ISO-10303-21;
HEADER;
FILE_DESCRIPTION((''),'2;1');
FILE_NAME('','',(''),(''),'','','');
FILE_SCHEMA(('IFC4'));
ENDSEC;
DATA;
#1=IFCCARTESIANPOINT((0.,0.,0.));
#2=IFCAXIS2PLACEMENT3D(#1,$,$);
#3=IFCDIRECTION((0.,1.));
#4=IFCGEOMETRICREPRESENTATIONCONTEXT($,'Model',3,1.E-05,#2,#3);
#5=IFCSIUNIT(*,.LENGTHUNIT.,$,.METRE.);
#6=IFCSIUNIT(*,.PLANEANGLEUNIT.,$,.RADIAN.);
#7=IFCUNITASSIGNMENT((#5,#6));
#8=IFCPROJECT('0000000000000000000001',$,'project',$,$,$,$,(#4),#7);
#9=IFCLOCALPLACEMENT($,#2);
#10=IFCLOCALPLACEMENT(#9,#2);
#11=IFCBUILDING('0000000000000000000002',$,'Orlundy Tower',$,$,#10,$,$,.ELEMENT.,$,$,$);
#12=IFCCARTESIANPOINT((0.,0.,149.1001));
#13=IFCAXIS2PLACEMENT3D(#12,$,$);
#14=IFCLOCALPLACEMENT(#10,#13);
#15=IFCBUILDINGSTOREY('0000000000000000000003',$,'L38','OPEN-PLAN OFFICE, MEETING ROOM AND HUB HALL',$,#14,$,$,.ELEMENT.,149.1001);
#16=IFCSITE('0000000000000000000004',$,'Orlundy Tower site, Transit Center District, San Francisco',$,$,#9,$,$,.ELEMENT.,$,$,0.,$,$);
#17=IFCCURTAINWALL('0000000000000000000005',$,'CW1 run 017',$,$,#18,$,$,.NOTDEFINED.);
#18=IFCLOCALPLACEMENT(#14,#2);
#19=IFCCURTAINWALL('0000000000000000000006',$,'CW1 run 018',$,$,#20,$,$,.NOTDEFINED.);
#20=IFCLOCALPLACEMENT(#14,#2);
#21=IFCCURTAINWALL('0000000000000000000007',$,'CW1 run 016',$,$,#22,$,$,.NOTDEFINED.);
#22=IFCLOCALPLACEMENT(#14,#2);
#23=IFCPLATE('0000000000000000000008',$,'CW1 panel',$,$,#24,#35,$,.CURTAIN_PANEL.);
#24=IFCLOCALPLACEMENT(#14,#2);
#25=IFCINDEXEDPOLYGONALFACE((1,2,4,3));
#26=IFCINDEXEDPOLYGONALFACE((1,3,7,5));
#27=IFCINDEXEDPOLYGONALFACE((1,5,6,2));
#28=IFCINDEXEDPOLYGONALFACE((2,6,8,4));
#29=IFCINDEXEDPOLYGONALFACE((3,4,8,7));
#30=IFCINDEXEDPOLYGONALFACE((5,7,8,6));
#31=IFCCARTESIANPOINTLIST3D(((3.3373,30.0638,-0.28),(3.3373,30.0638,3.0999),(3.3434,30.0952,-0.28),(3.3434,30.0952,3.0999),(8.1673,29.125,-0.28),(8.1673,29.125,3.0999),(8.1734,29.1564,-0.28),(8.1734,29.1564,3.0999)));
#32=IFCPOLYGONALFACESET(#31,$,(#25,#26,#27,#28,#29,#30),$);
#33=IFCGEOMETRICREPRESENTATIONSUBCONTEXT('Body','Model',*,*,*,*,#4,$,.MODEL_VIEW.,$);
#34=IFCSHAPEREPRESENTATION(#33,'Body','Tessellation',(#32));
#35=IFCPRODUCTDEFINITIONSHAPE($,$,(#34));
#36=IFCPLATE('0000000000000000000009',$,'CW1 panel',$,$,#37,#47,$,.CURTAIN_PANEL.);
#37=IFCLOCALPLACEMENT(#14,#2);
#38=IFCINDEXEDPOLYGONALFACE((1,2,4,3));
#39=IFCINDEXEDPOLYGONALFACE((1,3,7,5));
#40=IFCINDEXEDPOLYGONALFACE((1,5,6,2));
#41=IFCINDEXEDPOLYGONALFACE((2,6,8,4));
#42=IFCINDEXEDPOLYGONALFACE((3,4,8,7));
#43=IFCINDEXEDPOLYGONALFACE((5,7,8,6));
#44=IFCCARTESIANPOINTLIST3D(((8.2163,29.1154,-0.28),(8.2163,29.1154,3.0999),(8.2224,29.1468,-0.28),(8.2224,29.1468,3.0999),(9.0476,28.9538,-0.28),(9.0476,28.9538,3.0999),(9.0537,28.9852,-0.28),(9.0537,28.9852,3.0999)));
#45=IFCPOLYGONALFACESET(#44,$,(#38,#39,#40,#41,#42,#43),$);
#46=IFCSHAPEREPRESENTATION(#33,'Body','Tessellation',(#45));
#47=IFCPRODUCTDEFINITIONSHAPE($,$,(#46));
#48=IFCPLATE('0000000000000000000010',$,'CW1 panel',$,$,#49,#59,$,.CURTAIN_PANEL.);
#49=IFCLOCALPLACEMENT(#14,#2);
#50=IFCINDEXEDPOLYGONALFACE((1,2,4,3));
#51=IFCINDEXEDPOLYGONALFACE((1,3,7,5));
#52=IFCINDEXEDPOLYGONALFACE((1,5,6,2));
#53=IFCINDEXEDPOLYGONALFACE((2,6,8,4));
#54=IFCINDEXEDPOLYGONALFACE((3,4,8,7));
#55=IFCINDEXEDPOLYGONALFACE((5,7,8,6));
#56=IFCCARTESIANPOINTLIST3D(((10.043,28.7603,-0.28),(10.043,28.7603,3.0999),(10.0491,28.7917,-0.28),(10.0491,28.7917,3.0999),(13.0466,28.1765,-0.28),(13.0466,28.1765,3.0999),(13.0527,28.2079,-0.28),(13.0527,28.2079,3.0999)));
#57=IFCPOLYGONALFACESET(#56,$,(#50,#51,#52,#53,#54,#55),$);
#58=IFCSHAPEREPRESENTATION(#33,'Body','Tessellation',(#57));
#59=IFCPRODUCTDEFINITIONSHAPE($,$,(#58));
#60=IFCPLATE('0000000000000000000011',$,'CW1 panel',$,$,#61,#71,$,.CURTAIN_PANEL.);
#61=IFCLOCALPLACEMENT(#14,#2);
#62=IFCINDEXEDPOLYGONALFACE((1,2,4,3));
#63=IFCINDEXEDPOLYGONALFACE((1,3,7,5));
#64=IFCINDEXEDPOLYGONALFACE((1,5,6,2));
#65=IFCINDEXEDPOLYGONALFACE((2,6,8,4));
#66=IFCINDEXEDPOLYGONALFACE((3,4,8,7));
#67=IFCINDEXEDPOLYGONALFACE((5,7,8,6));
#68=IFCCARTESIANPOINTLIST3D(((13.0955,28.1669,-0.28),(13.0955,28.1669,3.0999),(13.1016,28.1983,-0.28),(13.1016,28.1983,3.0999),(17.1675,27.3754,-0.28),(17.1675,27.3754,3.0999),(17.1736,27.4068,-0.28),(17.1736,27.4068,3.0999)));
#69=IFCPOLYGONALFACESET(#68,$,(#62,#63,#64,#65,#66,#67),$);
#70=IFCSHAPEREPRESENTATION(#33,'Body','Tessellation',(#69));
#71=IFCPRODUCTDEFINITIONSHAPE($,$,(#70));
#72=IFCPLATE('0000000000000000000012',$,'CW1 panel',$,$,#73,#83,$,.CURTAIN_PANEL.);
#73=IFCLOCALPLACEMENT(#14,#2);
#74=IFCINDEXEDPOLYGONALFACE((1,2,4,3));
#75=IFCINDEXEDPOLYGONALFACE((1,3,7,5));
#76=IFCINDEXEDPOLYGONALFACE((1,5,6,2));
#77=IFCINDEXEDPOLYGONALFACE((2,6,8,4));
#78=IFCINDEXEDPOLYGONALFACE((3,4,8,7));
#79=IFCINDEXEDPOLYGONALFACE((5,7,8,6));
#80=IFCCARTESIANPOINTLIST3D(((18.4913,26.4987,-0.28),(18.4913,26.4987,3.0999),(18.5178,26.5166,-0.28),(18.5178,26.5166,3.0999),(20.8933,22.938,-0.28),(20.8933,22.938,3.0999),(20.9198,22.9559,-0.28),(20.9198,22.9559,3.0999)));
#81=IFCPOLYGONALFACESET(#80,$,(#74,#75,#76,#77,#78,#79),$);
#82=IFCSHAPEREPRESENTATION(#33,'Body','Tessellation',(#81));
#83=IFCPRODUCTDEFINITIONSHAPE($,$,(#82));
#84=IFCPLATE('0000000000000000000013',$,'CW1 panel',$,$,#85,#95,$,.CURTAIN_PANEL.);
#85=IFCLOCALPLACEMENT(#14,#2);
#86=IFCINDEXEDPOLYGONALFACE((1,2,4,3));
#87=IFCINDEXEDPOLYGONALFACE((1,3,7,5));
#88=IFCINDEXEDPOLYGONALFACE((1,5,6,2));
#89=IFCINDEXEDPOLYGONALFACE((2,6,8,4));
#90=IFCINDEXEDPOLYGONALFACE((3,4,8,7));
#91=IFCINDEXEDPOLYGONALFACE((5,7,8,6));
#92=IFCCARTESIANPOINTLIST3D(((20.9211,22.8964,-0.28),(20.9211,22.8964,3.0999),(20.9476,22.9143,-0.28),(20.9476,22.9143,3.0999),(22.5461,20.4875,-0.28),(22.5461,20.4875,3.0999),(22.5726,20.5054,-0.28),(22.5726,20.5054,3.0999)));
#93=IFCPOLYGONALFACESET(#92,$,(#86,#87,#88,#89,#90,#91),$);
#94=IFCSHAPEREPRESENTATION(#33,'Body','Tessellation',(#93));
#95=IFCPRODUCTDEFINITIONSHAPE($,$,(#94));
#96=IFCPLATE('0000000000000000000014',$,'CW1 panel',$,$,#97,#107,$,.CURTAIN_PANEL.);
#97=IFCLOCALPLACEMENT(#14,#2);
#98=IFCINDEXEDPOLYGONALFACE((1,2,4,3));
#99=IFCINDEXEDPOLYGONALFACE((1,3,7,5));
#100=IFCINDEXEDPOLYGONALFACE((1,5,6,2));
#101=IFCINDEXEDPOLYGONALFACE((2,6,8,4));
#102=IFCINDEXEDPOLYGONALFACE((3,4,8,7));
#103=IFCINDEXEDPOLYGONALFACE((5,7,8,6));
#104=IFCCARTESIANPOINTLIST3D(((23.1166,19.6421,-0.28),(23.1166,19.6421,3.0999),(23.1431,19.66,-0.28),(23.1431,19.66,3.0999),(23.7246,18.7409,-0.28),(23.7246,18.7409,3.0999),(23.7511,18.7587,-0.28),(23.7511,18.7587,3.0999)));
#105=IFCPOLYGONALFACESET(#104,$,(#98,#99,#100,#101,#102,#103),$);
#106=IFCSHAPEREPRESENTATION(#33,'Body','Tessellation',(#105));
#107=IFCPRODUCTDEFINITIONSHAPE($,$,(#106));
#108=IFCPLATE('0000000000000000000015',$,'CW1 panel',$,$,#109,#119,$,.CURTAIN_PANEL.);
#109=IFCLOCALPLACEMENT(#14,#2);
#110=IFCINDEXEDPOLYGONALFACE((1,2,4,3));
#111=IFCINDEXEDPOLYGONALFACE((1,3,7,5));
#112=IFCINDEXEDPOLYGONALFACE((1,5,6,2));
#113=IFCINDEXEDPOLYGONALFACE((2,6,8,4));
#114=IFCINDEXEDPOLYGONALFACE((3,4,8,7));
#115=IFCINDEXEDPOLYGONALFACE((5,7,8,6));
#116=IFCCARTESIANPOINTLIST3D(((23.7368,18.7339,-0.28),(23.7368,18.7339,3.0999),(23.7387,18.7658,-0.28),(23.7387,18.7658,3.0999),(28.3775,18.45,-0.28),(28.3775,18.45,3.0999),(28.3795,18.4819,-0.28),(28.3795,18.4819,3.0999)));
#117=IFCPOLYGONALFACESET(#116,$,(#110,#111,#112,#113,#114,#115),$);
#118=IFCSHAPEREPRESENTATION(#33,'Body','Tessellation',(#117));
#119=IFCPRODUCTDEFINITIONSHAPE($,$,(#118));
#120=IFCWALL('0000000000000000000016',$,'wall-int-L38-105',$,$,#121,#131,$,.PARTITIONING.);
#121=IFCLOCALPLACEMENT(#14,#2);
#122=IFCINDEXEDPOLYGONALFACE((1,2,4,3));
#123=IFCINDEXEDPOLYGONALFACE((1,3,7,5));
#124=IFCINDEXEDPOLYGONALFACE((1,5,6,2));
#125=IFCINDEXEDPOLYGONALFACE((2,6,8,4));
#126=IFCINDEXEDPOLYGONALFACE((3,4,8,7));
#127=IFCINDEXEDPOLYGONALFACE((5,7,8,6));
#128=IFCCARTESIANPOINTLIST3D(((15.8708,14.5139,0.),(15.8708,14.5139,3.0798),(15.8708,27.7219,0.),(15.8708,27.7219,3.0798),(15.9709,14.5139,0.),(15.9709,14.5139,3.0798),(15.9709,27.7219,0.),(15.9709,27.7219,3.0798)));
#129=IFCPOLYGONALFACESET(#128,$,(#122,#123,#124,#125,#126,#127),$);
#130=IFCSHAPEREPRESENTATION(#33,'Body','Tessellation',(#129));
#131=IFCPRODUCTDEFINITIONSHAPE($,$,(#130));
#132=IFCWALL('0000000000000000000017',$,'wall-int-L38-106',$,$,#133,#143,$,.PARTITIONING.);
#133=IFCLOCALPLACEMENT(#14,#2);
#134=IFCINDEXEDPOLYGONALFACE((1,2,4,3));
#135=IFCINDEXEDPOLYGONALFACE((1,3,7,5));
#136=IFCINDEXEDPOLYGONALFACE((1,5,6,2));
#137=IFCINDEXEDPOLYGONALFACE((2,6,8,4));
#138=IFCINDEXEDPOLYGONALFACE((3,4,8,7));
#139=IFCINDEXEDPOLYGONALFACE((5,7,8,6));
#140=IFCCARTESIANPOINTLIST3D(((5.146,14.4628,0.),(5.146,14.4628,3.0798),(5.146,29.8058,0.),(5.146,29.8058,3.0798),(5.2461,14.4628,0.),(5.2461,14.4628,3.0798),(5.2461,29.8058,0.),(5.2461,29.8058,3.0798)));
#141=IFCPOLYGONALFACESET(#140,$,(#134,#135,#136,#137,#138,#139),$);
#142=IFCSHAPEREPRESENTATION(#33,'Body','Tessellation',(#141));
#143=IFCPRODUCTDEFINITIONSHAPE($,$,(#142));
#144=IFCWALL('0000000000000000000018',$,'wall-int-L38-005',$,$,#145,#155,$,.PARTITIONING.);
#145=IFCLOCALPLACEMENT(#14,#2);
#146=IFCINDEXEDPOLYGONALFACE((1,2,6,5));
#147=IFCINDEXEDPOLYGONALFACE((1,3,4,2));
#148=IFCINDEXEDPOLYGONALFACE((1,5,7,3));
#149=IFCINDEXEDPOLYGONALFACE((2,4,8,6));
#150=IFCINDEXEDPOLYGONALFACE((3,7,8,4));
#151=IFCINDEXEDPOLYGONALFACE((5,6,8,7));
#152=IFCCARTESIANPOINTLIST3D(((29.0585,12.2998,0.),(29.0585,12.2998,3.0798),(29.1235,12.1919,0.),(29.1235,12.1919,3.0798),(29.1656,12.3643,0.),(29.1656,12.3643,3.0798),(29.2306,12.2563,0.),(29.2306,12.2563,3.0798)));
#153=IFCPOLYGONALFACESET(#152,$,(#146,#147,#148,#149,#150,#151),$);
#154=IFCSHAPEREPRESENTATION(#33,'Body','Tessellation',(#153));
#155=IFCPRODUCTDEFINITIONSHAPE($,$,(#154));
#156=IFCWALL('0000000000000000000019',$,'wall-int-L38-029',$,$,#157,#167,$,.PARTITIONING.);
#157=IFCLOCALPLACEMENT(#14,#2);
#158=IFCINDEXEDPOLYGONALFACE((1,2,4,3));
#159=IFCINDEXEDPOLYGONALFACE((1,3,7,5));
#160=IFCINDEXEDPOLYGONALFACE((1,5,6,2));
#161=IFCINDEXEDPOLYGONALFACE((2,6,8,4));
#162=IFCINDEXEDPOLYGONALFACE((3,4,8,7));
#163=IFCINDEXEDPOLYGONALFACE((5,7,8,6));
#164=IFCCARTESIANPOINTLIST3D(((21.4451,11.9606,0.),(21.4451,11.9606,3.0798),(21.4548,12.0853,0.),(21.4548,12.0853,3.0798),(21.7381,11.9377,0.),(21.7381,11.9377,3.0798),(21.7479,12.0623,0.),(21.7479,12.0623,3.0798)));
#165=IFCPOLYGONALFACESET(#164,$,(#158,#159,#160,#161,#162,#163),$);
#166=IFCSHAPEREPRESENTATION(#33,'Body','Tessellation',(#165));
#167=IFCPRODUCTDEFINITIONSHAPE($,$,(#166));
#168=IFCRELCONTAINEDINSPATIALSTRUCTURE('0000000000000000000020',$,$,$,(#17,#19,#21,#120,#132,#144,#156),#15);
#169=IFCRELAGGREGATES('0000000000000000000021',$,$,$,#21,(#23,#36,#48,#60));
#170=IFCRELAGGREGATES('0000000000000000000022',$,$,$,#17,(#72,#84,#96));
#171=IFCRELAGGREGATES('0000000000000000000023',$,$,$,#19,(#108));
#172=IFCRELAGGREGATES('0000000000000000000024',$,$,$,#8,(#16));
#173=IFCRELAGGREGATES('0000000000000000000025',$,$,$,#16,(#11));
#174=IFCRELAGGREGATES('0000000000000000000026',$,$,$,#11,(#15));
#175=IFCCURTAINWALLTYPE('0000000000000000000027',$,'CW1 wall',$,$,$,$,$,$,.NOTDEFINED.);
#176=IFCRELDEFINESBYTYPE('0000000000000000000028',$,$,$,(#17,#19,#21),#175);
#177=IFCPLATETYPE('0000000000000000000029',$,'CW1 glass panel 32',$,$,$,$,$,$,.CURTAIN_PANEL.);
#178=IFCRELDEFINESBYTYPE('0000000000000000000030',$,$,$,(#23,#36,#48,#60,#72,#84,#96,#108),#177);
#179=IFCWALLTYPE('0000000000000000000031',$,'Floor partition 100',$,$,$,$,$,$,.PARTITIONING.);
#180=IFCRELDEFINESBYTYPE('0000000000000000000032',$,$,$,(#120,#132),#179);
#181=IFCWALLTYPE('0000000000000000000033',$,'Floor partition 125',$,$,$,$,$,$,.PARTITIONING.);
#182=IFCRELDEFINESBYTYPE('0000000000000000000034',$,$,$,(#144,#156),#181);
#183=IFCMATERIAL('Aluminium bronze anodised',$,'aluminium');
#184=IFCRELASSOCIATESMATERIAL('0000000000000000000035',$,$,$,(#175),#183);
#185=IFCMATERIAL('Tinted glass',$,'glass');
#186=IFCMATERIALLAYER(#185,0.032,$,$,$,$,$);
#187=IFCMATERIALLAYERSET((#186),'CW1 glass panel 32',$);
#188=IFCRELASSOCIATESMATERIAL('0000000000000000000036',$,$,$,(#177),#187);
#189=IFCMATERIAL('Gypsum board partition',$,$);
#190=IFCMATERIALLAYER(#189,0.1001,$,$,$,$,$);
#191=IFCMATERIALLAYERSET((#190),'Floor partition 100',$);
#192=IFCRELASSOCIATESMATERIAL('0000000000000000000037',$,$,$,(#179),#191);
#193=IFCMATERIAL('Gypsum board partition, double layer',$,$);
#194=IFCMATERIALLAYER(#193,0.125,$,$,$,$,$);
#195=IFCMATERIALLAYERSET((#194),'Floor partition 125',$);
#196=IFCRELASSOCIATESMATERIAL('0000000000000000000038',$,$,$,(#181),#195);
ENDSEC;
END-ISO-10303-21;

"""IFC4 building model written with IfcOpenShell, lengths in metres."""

from ifc_helpers import new_model, si_unit, direction, frame, frame_2d, origin, origin_2d, place, context, subcontext, project, spatial, rectangle, extrude, material, layer, layer_set, type_object, element, aggregate, save


model = new_model("IFC4")

# Units and contexts
model_context = context("Model", 3, precision=1e-05, world=origin(), true_north=direction((0.0, 1.0)))
body_context = subcontext(model_context, "Body", "Model", "MODEL_VIEW")
ifc_project = project(units=[si_unit("LENGTHUNIT", "METRE"), si_unit("PLANEANGLEUNIT", "RADIAN")], contexts=[model_context])

# Site, building, storey
site_placement = place(None, origin())
site = spatial("IfcSite", under=ifc_project, at=site_placement, Name="Orlundy Tower site, Transit Center District, San Francisco", CompositionType="ELEMENT", RefElevation=0.0)
building_placement = place(site_placement, origin())
building = spatial("IfcBuilding", under=site, at=building_placement, Name="Orlundy Tower", CompositionType="ELEMENT")
storey_placement = place(building_placement, frame((0.0, 0.0, 149.1001)))
storey = spatial("IfcBuildingStorey", under=building, at=storey_placement, Name="L38", Description="OPEN-PLAN OFFICE, MEETING ROOM AND HUB HALL", CompositionType="ELEMENT", Elevation=149.1001)

# Curtain walls
ifc_material_1 = material(Name="Aluminium bronze anodised", Category="aluminium")
curtain_wall_type = type_object("IfcCurtainWallType", Name="CW1 wall", PredefinedType="NOTDEFINED", material=ifc_material_1)
curtain_wall_1_placement = place(storey_placement, origin())
curtain_wall_1 = element("IfcCurtainWall", 1, at=curtain_wall_1_placement, inside=storey, type_object=curtain_wall_type, Name="CW1 run 017", PredefinedType="NOTDEFINED")
curtain_wall_2_placement = place(storey_placement, origin())
curtain_wall_2 = element("IfcCurtainWall", 2, at=curtain_wall_2_placement, inside=storey, type_object=curtain_wall_type, Name="CW1 run 018", PredefinedType="NOTDEFINED")

# Curtain wall
curtain_wall_3_placement = place(storey_placement, origin())
curtain_wall_3 = element("IfcCurtainWall", 3, at=curtain_wall_3_placement, inside=storey, type_object=curtain_wall_type, Name="CW1 run 016", PredefinedType="NOTDEFINED")

# Plates
ifc_material_2 = material(Name="Tinted glass", Category="glass")
ifc_layer_1 = layer(ifc_material_2, 0.032)
ifc_layer_set_1 = layer_set([ifc_layer_1], Name="CW1 glass panel 32")
plate_type = type_object("IfcPlateType", Name="CW1 glass panel 32", PredefinedType="CURTAIN_PANEL", material=ifc_layer_set_1)
plate_1_placement = place(storey_placement, frame((5.7554, 29.6101, -0.28), z_axis=(0.0, 0.0, 1.0), x_axis=(0.981628, -0.190805, 0.0)))
plate_1 = element("IfcPlate", 4, at=plate_1_placement, type_object=plate_type, Name="CW1 panel", PredefinedType="CURTAIN_PANEL", context=body_context, shape_type="SweptSolid", body=[
    extrude(rectangle(XDim=4.9204, YDim=0.032, at=origin_2d()), origin(), (0.0, 0.0, 1.0), 3.3799),
])
plate_2_placement = place(storey_placement, frame((8.635, 29.0503, -0.28), z_axis=(0.0, 0.0, 1.0), x_axis=(0.981628, -0.190805, 0.0)))
plate_2 = element("IfcPlate", 5, at=plate_2_placement, type_object=plate_type, Name="CW1 panel", PredefinedType="CURTAIN_PANEL", context=body_context, shape_type="SweptSolid", body=[
    extrude(rectangle(XDim=0.8469, YDim=0.032, at=origin_2d()), origin(), (0.0, 0.0, 1.0), 3.3799),
])
plate_3_placement = place(storey_placement, frame((11.5479, 28.4841, -0.28), z_axis=(0.0, 0.0, 1.0), x_axis=(0.981628, -0.190805, 0.0)))
plate_3 = element("IfcPlate", 6, at=plate_3_placement, type_object=plate_type, Name="CW1 panel", PredefinedType="CURTAIN_PANEL", context=body_context, shape_type="SweptSolid", body=[
    extrude(rectangle(XDim=3.0598, YDim=0.032, at=origin_2d()), origin(), (0.0, 0.0, 1.0), 3.3799),
])
plate_4_placement = place(storey_placement, frame((15.1345, 27.7869, -0.28), z_axis=(0.0, 0.0, 1.0), x_axis=(0.981628, -0.190805, 0.0)))
plate_4 = element("IfcPlate", 7, at=plate_4_placement, type_object=plate_type, Name="CW1 panel", PredefinedType="CURTAIN_PANEL", context=body_context, shape_type="SweptSolid", body=[
    extrude(rectangle(XDim=4.1482, YDim=0.032, at=origin_2d()), origin(), (0.0, 0.0, 1.0), 3.3799),
])
aggregate(curtain_wall_3, [plate_1, plate_2, plate_3, plate_4])
plate_5_placement = place(storey_placement, frame((19.7056, 24.7273, -0.28), z_axis=(0.0, 0.0, 1.0), x_axis=(0.559223, -0.829017, 0.0)))
plate_5 = element("IfcPlate", 8, at=plate_5_placement, type_object=plate_type, Name="CW1 panel", PredefinedType="CURTAIN_PANEL", context=body_context, shape_type="SweptSolid", body=[
    extrude(rectangle(XDim=4.2952, YDim=0.032, at=origin_2d()), origin(), (0.0, 0.0, 1.0), 3.3799),
])
plate_6_placement = place(storey_placement, frame((21.7468, 21.7009, -0.28), z_axis=(0.0, 0.0, 1.0), x_axis=(0.559223, -0.829017, 0.0)))
plate_6 = element("IfcPlate", 9, at=plate_6_placement, type_object=plate_type, Name="CW1 panel", PredefinedType="CURTAIN_PANEL", context=body_context, shape_type="SweptSolid", body=[
    extrude(rectangle(XDim=2.9058, YDim=0.032, at=origin_2d()), origin(), (0.0, 0.0, 1.0), 3.3799),
])
plate_7_placement = place(storey_placement, frame((23.4338, 19.2004, -0.28), z_axis=(0.0, 0.0, 1.0), x_axis=(0.559223, -0.829017, 0.0)))
plate_7 = element("IfcPlate", 10, at=plate_7_placement, type_object=plate_type, Name="CW1 panel", PredefinedType="CURTAIN_PANEL", context=body_context, shape_type="SweptSolid", body=[
    extrude(rectangle(XDim=1.0872, YDim=0.032, at=origin_2d()), origin(), (0.0, 0.0, 1.0), 3.3799),
])
aggregate(curtain_wall_1, [plate_5, plate_6, plate_7])
plate_8_placement = place(storey_placement, frame((26.0581, 18.6079, -0.28), z_axis=(0.0, 0.0, 1.0), x_axis=(0.998134, -0.061054, 0.0)))
plate_8 = element("IfcPlate", 11, at=plate_8_placement, type_object=plate_type, Name="CW1 panel", PredefinedType="CURTAIN_PANEL", context=body_context, shape_type="SweptSolid", body=[
    extrude(rectangle(XDim=4.6494, YDim=0.032, at=origin_2d()), origin(), (0.0, 0.0, 1.0), 3.3799),
])
aggregate(curtain_wall_2, [plate_8])

# Walls
ifc_material_3 = material(Name="Gypsum board partition")
ifc_layer_2 = layer(ifc_material_3, 0.1001)
ifc_layer_set_2 = layer_set([ifc_layer_2], Name="Floor partition 100")
wall_type_1 = type_object("IfcWallType", Name="Floor partition 100", PredefinedType="PARTITIONING", material=ifc_layer_set_2)
wall_1_placement = place(storey_placement, frame((15.9209, 14.5139, 0.0), z_axis=(0.0, 0.0, 1.0), x_axis=(0.0, 1.0, 0.0)))
element("IfcWall", 12, at=wall_1_placement, inside=storey, type_object=wall_type_1, Name="wall-int-L38-105", PredefinedType="PARTITIONING", context=body_context, shape_type="SweptSolid", body=[
    extrude(rectangle(XDim=13.208, YDim=0.1001, at=frame_2d((6.604, 0.0))), origin(), (0.0, 0.0, 1.0), 3.0798),
])
wall_2_placement = place(storey_placement, frame((5.196, 14.4629, 0.0), z_axis=(0.0, 0.0, 1.0), x_axis=(0.0, 1.0, 0.0)))
element("IfcWall", 13, at=wall_2_placement, inside=storey, type_object=wall_type_1, Name="wall-int-L38-106", PredefinedType="PARTITIONING", context=body_context, shape_type="SweptSolid", body=[
    extrude(rectangle(XDim=15.343, YDim=0.1001, at=frame_2d((7.6714, 0.0))), origin(), (0.0, 0.0, 1.0), 3.0798),
])
ifc_material_4 = material(Name="Gypsum board partition, double layer")
ifc_layer_3 = layer(ifc_material_4, 0.125)
ifc_layer_set_3 = layer_set([ifc_layer_3], Name="Floor partition 125")
wall_type_2 = type_object("IfcWallType", Name="Floor partition 125", PredefinedType="PARTITIONING", material=ifc_layer_set_3)
wall_3_placement = place(storey_placement, frame((29.1121, 12.332, 0.0), z_axis=(0.0, 0.0, 1.0), x_axis=(0.515636, -0.856808, 0.0)))
element("IfcWall", 14, at=wall_3_placement, inside=storey, type_object=wall_type_2, Name="wall-int-L38-005", PredefinedType="PARTITIONING", context=body_context, shape_type="SweptSolid", body=[
    extrude(rectangle(XDim=0.126, YDim=0.125, at=frame_2d((0.063, 0.0))), origin(), (0.0, 0.0, 1.0), 3.0798),
])
wall_4_placement = place(storey_placement, frame((21.45, 12.0229, 0.0), z_axis=(0.0, 0.0, 1.0), x_axis=(0.996946, -0.078094, 0.0)))
element("IfcWall", 15, at=wall_4_placement, inside=storey, type_object=wall_type_2, Name="wall-int-L38-029", PredefinedType="PARTITIONING", context=body_context, shape_type="SweptSolid", body=[
    extrude(rectangle(XDim=0.2939, YDim=0.125, at=frame_2d((0.147, 0.0))), origin(), (0.0, 0.0, 1.0), 3.0798),
])

save(model, "model.ifc")
